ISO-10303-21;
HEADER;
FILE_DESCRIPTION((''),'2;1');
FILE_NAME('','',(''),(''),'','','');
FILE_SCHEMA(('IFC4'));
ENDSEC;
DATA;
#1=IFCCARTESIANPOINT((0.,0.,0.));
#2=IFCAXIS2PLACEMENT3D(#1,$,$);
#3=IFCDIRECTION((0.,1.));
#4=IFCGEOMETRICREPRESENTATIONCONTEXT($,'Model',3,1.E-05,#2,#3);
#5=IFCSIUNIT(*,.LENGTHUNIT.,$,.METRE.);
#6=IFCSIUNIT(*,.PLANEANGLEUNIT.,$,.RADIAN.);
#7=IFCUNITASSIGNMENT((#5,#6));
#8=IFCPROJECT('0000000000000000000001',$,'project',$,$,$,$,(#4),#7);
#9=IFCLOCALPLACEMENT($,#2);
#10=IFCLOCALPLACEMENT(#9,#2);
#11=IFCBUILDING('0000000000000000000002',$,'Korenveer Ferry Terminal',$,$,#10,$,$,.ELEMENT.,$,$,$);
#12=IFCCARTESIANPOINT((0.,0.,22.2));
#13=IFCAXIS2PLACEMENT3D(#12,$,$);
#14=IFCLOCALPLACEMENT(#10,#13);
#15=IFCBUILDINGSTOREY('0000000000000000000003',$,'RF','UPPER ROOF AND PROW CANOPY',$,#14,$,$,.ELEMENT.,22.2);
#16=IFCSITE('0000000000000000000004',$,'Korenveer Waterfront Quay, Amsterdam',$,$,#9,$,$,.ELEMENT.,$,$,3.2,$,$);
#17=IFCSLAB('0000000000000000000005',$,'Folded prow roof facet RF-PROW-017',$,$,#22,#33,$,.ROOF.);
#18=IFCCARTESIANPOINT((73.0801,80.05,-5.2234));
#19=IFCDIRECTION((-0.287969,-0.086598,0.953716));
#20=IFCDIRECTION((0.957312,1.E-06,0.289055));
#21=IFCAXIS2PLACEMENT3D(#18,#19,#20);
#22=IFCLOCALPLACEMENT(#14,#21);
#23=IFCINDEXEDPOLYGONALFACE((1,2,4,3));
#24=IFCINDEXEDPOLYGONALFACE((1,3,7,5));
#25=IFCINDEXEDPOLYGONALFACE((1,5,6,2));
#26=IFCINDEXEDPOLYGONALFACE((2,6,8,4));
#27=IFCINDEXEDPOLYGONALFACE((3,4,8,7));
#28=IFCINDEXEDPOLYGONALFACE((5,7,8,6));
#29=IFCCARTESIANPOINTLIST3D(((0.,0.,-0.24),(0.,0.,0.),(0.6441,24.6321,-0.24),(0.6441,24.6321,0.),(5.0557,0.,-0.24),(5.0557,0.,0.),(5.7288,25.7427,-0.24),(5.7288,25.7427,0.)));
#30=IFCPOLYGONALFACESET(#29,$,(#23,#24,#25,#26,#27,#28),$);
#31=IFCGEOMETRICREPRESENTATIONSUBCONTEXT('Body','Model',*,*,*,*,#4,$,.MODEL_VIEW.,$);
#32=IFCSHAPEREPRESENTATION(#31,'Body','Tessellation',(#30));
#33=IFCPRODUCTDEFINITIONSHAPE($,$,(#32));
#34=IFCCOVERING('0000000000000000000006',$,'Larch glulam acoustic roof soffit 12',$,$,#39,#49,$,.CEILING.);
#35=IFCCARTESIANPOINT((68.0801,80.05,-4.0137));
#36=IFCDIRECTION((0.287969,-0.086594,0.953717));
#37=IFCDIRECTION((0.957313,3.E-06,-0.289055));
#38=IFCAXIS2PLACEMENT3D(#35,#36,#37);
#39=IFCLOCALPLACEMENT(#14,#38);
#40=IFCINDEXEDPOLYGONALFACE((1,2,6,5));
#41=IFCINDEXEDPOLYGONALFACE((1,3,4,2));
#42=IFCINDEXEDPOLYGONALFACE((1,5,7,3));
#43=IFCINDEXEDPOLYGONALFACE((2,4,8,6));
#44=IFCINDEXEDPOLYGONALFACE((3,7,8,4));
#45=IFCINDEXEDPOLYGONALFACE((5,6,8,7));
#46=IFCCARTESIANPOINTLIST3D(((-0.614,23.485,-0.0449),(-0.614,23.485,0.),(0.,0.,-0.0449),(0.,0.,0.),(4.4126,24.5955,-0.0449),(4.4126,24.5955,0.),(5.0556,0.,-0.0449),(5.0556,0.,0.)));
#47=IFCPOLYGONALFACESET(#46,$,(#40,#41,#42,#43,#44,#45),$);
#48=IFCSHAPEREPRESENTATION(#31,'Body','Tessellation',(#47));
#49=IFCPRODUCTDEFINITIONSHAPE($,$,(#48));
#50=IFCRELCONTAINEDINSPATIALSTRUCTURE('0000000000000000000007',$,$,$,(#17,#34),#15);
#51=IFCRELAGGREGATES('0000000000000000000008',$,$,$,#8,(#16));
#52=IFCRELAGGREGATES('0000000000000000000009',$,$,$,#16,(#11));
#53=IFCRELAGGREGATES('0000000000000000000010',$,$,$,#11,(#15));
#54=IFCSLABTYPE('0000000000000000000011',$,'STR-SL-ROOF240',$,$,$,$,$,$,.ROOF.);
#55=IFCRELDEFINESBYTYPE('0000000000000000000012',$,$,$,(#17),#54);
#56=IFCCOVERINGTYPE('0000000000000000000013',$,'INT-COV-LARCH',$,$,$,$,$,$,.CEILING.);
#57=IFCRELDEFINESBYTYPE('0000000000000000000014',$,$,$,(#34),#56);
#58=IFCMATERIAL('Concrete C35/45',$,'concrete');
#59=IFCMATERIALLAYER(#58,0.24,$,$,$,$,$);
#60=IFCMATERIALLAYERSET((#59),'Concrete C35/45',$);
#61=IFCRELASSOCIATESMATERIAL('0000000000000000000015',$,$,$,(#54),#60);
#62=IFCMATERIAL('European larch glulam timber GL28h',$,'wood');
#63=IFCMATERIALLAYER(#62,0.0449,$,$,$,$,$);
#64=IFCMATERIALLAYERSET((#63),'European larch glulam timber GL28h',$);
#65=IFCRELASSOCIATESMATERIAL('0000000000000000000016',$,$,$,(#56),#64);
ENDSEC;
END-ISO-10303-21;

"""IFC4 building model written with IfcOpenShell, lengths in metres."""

from ifc_helpers import new_model, si_unit, direction, frame, origin, place, context, subcontext, project, spatial, polyline, outline, extrude, material, layer, layer_set, type_object, element, save


model = new_model("IFC4")

# Units and contexts
model_context = context("Model", 3, precision=1e-05, world=origin(), true_north=direction((0.0, 1.0)))
body_context = subcontext(model_context, "Body", "Model", "MODEL_VIEW")
ifc_project = project(units=[si_unit("LENGTHUNIT", "METRE"), si_unit("PLANEANGLEUNIT", "RADIAN")], contexts=[model_context])

# Site, building, storey
site_placement = place(None, origin())
site = spatial("IfcSite", under=ifc_project, at=site_placement, Name="Korenveer Waterfront Quay, Amsterdam", CompositionType="ELEMENT", RefElevation=3.2)
building_placement = place(site_placement, origin())
building = spatial("IfcBuilding", under=site, at=building_placement, Name="Korenveer Ferry Terminal", CompositionType="ELEMENT")
storey_placement = place(building_placement, frame((0.0, 0.0, 22.2)))
storey = spatial("IfcBuildingStorey", under=building, at=storey_placement, Name="RF", Description="UPPER ROOF AND PROW CANOPY", CompositionType="ELEMENT", Elevation=22.2)

# Shared definitions
ifc_material_1 = material(Name="Concrete C35/45", Category="concrete")
ifc_layer_1 = layer(ifc_material_1, 0.24)
ifc_layer_set_1 = layer_set([ifc_layer_1], Name="Concrete C35/45")
slab_type = type_object("IfcSlabType", Name="STR-SL-ROOF240", PredefinedType="ROOF", material=ifc_layer_set_1)

# Slab
slab_1_placement = place(storey_placement, frame((73.0801, 80.05, -5.2234), z_axis=(-0.287969, -0.086598, 0.953716), x_axis=(0.957312, 0.000001, 0.289055)))
element("IfcSlab", 1, at=slab_1_placement, inside=storey, type_object=slab_type, Name="Folded prow roof facet RF-PROW-017", PredefinedType="ROOF", context=body_context, shape_type="SweptSolid", body=[
    extrude(outline(polyline([(0.0, 0.0), (5.0557, 0.0), (5.7288, 25.7427), (0.6441, 24.6321), (0.0, 0.0)])), origin(), (0.0, 0.0, -1.0), 0.24),
])

# Covering
ifc_material_2 = material(Name="European larch glulam timber GL28h", Category="wood")
ifc_layer_2 = layer(ifc_material_2, 0.0449)
ifc_layer_set_2 = layer_set([ifc_layer_2], Name="European larch glulam timber GL28h")
covering_type_1 = type_object("IfcCoveringType", Name="INT-COV-LARCH", PredefinedType="CEILING", material=ifc_layer_set_2)
covering_1_placement = place(storey_placement, frame((68.0801, 80.05, -4.0137), z_axis=(0.287969, -0.086594, 0.953717), x_axis=(0.957313, 0.000003, -0.289055)))
element("IfcCovering", 2, at=covering_1_placement, inside=storey, type_object=covering_type_1, Name="Larch glulam acoustic roof soffit 12", PredefinedType="CEILING", context=body_context, shape_type="SweptSolid", body=[
    extrude(outline(polyline([(0.0, 0.0), (5.0556, 0.0), (4.4126, 24.5955), (-0.614, 23.485), (0.0, 0.0)])), origin(), (0.0, 0.0, -1.0), 0.0449),
])

save(model, "model.ifc")
